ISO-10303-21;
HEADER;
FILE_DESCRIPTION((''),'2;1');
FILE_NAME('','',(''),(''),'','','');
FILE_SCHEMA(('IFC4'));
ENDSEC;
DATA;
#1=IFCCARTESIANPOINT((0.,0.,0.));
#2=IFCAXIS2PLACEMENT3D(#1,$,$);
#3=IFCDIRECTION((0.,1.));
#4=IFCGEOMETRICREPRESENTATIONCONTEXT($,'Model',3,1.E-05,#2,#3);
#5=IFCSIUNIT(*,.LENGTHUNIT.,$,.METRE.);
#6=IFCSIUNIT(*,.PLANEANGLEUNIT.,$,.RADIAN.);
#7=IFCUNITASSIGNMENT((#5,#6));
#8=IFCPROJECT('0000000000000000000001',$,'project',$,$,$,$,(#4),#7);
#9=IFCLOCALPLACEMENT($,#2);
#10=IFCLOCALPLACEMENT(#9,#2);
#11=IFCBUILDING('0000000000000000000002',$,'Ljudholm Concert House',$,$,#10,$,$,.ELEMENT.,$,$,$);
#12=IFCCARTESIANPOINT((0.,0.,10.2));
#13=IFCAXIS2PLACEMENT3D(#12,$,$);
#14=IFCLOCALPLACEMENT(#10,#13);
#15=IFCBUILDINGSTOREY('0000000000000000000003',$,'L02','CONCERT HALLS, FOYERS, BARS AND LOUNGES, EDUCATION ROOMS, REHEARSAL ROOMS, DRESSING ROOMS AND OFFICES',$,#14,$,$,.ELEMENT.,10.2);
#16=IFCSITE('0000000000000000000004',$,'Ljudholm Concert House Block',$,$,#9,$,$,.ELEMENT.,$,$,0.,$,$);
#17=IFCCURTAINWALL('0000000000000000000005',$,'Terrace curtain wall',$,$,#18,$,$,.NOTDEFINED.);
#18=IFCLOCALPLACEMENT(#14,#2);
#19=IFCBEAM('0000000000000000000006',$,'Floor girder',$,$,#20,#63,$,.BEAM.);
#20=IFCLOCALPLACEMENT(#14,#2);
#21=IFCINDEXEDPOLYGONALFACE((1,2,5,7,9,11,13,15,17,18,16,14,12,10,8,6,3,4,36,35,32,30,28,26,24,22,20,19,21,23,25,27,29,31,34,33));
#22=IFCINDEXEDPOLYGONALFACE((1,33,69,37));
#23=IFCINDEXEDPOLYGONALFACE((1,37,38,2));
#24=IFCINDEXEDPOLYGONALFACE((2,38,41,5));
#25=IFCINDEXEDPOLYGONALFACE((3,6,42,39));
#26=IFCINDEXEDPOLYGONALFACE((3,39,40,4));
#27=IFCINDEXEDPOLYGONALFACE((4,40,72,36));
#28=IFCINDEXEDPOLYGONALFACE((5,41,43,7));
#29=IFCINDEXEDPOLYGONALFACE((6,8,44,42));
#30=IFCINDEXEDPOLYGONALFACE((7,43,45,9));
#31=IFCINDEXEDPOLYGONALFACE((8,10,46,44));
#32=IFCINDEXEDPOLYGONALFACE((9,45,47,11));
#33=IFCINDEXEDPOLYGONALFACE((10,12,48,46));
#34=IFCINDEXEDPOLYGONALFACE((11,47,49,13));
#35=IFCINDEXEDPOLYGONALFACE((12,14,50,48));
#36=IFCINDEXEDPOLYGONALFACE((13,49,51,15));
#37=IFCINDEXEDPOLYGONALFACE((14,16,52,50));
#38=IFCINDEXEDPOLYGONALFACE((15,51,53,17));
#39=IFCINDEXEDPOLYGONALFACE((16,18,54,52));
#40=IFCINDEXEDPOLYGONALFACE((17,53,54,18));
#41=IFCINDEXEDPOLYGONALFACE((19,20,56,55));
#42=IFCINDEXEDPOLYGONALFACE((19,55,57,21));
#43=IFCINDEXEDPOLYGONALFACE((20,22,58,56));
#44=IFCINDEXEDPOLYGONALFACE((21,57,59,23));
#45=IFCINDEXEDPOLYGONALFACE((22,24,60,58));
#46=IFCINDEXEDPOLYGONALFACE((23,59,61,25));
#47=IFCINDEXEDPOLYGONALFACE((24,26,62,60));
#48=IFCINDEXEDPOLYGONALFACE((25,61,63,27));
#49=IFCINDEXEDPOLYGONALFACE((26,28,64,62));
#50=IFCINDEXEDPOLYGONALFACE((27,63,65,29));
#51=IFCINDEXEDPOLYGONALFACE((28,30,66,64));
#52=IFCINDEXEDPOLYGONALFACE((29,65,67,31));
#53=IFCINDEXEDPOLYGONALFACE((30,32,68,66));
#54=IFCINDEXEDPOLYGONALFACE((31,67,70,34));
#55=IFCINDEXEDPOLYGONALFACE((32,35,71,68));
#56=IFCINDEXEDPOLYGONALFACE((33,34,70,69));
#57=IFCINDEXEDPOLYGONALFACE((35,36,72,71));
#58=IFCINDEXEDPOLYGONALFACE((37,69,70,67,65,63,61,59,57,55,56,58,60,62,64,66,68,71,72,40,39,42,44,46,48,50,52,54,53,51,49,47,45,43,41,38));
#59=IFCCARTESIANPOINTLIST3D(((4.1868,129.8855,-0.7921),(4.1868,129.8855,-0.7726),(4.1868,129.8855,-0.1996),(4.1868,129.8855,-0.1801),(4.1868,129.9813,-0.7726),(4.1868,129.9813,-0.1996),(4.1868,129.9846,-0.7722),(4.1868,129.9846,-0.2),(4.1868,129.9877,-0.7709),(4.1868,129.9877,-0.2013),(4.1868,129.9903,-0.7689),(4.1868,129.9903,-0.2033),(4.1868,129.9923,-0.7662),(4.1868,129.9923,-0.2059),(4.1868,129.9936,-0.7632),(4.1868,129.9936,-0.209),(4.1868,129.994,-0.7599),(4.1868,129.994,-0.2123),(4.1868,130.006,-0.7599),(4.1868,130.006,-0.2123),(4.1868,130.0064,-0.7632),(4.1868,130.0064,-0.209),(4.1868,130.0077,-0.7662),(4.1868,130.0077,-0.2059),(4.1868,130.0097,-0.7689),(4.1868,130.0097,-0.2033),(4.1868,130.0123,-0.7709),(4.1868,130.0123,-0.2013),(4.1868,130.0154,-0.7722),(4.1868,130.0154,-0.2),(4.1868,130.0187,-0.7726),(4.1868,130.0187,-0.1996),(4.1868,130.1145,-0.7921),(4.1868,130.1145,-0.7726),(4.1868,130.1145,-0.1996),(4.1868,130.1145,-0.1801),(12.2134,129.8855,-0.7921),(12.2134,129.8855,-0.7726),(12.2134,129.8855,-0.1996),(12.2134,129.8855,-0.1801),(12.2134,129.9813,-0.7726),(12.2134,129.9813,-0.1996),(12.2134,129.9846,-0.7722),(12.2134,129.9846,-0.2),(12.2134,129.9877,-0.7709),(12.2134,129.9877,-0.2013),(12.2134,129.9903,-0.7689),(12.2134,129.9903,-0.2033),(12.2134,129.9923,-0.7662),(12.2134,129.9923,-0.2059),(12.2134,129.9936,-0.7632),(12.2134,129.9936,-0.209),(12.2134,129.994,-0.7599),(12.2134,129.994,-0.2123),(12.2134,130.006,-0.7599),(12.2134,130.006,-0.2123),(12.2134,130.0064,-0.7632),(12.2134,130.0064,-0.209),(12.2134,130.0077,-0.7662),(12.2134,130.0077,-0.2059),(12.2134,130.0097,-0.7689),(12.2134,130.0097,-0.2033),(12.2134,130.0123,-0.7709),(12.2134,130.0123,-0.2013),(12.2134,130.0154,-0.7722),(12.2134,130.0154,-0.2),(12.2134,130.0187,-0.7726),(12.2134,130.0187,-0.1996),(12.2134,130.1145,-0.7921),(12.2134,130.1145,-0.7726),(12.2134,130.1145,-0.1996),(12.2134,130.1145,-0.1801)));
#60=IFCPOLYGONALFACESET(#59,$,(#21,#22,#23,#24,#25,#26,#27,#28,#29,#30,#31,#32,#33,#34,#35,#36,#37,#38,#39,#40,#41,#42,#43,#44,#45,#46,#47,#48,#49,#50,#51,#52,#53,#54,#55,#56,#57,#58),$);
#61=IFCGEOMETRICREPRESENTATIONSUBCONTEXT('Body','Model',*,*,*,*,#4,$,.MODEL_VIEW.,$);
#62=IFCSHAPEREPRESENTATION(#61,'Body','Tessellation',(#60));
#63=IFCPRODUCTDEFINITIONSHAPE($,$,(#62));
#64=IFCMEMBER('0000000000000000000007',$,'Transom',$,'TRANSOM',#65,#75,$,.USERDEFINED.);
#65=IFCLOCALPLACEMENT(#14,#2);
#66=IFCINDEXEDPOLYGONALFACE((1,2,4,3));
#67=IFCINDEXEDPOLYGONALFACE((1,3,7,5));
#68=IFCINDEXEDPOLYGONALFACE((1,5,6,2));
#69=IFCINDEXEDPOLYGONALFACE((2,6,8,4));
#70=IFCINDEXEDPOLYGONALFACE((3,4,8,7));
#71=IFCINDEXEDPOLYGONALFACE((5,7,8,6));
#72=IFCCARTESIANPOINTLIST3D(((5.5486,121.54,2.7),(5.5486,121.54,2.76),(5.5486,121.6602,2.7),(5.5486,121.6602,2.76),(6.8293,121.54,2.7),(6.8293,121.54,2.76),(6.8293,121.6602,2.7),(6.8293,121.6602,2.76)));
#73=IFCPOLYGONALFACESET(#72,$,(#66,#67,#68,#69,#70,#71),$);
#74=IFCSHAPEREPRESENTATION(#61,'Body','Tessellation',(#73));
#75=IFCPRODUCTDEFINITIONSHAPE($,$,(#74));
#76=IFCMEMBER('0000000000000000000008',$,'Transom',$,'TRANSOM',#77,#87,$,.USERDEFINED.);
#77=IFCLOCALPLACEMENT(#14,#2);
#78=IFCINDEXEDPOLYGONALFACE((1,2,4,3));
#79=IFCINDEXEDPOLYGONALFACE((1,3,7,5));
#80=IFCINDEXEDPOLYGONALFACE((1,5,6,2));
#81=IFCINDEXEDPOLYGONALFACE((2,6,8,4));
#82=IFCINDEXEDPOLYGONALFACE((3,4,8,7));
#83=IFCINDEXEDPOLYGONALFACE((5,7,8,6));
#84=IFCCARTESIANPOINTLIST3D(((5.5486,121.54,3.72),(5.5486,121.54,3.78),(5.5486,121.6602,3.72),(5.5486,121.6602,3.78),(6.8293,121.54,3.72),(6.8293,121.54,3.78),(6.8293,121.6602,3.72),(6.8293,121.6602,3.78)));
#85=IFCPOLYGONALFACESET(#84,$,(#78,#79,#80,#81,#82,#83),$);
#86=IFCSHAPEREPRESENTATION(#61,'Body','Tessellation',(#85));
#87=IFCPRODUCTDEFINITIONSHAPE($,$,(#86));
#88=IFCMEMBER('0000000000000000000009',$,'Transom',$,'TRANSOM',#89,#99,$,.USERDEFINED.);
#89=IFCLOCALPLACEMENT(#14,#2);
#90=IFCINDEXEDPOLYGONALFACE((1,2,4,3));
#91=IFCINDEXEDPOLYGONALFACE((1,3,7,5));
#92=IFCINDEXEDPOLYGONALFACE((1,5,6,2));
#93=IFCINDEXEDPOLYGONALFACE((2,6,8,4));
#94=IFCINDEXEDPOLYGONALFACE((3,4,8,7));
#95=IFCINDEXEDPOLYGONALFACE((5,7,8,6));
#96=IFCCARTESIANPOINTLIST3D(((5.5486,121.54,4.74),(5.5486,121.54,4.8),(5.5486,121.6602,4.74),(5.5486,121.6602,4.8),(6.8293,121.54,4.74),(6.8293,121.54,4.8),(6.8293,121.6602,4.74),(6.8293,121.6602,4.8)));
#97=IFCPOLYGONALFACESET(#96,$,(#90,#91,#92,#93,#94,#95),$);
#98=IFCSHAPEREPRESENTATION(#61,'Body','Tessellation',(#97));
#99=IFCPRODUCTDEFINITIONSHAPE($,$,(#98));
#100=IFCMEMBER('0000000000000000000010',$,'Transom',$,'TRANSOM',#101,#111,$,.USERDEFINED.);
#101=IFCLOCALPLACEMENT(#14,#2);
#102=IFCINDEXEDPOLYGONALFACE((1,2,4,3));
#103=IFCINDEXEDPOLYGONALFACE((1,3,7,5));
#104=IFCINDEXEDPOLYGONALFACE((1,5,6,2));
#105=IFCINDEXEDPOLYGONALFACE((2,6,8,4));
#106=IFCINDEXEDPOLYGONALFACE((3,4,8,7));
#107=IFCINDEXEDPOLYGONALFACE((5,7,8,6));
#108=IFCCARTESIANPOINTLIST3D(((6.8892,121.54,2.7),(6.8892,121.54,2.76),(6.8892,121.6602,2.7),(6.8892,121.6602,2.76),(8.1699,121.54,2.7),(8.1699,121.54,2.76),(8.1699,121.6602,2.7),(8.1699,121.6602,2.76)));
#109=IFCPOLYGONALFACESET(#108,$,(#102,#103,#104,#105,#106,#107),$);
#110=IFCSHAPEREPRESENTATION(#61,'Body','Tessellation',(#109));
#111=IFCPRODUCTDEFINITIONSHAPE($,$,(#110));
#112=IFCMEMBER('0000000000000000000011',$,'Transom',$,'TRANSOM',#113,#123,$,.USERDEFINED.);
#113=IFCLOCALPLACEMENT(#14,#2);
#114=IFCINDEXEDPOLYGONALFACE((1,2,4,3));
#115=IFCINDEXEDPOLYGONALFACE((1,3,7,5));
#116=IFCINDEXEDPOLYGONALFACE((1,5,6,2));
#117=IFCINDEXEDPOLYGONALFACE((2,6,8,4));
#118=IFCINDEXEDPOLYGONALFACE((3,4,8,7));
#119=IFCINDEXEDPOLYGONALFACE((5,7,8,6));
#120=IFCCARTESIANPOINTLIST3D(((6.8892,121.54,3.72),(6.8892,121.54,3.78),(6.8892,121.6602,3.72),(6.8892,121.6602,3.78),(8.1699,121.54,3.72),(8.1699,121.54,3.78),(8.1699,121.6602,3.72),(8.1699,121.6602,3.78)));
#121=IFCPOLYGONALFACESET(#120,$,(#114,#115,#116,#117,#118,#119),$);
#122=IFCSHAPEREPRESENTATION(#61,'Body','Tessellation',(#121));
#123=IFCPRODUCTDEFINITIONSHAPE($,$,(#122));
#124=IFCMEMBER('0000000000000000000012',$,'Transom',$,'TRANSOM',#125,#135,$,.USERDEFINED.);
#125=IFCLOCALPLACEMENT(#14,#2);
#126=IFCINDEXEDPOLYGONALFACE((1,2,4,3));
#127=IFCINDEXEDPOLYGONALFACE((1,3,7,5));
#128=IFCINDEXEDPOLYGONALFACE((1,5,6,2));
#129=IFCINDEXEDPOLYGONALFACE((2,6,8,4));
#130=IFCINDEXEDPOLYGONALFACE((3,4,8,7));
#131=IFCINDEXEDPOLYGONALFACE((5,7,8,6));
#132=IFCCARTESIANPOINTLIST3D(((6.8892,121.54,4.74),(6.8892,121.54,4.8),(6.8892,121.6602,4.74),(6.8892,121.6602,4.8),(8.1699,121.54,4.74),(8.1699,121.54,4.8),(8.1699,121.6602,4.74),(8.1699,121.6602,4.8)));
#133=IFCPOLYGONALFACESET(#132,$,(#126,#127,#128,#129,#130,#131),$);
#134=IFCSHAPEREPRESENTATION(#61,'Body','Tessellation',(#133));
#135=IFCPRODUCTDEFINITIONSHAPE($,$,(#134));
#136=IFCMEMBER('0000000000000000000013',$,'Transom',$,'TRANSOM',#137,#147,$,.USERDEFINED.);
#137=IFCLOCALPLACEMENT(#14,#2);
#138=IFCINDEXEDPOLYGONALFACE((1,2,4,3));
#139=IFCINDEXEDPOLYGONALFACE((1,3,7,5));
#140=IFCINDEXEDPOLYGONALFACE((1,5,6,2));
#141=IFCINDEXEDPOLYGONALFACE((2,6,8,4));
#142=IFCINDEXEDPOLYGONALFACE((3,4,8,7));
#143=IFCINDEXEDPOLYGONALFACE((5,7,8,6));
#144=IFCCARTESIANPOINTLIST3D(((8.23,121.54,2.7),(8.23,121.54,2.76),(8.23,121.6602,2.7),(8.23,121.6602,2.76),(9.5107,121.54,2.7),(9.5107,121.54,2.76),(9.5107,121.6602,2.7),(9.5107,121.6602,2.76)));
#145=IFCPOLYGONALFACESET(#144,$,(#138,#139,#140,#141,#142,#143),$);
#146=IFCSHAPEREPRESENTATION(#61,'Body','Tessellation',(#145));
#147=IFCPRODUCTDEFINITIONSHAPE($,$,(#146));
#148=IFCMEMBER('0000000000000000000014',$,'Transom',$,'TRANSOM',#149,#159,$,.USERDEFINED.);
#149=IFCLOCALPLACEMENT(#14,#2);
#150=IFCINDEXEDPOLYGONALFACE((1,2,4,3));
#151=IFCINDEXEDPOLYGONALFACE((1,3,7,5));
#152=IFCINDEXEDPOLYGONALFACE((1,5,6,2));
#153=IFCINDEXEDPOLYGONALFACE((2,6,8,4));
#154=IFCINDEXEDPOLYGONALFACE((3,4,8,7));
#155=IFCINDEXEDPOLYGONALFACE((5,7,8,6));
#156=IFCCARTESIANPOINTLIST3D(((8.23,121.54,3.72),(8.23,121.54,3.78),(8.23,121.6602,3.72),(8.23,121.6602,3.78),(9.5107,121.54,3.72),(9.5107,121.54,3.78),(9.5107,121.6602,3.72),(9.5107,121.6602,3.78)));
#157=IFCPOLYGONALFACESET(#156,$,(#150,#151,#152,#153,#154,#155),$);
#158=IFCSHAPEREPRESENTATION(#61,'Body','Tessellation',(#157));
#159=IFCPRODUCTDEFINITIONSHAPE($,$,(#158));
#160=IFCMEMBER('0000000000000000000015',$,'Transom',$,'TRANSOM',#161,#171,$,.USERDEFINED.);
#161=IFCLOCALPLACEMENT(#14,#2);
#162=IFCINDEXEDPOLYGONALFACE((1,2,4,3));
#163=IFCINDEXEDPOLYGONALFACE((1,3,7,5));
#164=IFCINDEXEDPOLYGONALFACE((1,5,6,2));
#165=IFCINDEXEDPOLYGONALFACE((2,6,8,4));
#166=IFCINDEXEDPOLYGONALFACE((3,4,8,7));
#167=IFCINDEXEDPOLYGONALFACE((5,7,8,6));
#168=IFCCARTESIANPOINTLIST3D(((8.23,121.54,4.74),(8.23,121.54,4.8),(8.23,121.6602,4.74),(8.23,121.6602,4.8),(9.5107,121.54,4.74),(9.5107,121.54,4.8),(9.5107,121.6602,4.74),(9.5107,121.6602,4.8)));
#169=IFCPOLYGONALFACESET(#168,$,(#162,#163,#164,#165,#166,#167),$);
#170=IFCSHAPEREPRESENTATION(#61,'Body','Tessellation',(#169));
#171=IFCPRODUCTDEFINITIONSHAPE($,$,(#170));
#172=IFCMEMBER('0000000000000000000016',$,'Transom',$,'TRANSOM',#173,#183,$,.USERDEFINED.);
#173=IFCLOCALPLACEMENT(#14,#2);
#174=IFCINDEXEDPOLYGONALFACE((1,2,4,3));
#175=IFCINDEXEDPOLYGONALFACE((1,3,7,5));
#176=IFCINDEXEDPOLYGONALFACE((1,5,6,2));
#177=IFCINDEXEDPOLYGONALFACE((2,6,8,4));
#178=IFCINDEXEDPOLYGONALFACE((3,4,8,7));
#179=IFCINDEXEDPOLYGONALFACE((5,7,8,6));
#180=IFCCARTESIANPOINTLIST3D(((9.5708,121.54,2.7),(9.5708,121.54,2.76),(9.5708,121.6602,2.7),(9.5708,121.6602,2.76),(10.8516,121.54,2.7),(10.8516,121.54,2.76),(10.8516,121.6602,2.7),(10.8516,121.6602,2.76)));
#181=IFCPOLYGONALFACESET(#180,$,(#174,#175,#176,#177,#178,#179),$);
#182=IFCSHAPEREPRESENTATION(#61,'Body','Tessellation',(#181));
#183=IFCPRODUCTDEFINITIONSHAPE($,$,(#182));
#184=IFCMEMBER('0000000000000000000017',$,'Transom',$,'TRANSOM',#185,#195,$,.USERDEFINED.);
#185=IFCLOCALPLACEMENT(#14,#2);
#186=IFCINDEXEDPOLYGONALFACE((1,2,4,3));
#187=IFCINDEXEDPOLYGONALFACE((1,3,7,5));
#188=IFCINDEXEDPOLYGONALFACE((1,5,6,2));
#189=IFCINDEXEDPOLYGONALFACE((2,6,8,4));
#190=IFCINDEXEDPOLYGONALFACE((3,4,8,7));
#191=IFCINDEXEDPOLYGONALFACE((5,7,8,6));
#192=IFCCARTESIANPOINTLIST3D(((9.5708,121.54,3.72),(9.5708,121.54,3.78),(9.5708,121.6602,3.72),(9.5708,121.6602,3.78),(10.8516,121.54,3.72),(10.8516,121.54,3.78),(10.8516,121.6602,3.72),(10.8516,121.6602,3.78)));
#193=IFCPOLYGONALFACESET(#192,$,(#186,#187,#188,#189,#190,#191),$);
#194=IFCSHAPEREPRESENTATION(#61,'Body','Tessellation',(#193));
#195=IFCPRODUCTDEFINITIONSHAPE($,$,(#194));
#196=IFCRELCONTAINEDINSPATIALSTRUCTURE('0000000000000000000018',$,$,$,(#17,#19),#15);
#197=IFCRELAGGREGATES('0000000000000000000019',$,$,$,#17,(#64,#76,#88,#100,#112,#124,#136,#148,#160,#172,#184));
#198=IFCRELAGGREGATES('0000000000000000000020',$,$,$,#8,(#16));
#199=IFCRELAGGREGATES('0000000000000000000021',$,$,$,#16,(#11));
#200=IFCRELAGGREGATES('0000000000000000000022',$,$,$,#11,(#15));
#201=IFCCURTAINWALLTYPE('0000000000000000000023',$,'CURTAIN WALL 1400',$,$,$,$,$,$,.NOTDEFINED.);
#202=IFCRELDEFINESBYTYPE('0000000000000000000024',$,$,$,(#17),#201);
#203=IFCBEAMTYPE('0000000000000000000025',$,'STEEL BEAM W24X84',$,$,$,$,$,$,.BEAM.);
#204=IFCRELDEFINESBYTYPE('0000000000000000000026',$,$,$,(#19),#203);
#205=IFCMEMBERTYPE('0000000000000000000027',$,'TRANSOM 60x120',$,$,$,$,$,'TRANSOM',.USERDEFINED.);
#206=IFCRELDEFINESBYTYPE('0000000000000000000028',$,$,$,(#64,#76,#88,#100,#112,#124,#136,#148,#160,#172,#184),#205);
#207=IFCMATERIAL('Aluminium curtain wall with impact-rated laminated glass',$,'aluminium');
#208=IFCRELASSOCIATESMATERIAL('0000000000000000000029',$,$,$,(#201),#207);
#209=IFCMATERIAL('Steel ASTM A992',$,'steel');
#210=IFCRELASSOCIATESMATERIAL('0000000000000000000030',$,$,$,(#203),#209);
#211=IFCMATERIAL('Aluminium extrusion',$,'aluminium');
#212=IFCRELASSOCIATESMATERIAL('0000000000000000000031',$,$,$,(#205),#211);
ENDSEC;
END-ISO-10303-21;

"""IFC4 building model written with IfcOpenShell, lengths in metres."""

from ifc_helpers import new_model, si_unit, direction, frame, origin, origin_2d, place, context, subcontext, project, spatial, rectangle, i_section, extrude, material, material_profile, profile_set, type_object, element, aggregate, save


model = new_model("IFC4")

# Units and contexts
model_context = context("Model", 3, precision=1e-05, world=origin(), true_north=direction((0.0, 1.0)))
body_context = subcontext(model_context, "Body", "Model", "MODEL_VIEW")
ifc_project = project(units=[si_unit("LENGTHUNIT", "METRE"), si_unit("PLANEANGLEUNIT", "RADIAN")], contexts=[model_context])

# Site, building, storey
site_placement = place(None, origin())
site = spatial("IfcSite", under=ifc_project, at=site_placement, Name="Ljudholm Concert House Block", CompositionType="ELEMENT", RefElevation=0.0)
building_placement = place(site_placement, origin())
building = spatial("IfcBuilding", under=site, at=building_placement, Name="Ljudholm Concert House", CompositionType="ELEMENT")
storey_placement = place(building_placement, frame((0.0, 0.0, 10.2)))
storey = spatial("IfcBuildingStorey", under=building, at=storey_placement, Name="L02", Description="CONCERT HALLS, FOYERS, BARS AND LOUNGES, EDUCATION ROOMS, REHEARSAL ROOMS, DRESSING ROOMS AND OFFICES", CompositionType="ELEMENT", Elevation=10.2)

# Curtain wall
ifc_material_1 = material(Name="Aluminium curtain wall with impact-rated laminated glass", Category="aluminium")
curtain_wall_type = type_object("IfcCurtainWallType", Name="CURTAIN WALL 1400", PredefinedType="NOTDEFINED", material=ifc_material_1)
curtain_wall_placement = place(storey_placement, origin())
curtain_wall = element("IfcCurtainWall", 1, at=curtain_wall_placement, inside=storey, type_object=curtain_wall_type, Name="Terrace curtain wall", PredefinedType="NOTDEFINED")

# Beam
ifc_material_2 = material(Name="Steel ASTM A992", Category="steel")
ifc_material_profile_1 = material_profile(ifc_material_2, i_section(OverallWidth=0.229, OverallDepth=0.6121, WebThickness=0.012, FlangeThickness=0.0195, FilletRadius=0.0127, at=origin_2d()), Name="W24X84")
ifc_profile_set_1 = profile_set([ifc_material_profile_1], Name="Steel ASTM A992")
beam_type_1 = type_object("IfcBeamType", Name="STEEL BEAM W24X84", PredefinedType="BEAM", material=ifc_profile_set_1)
beam_1_placement = place(storey_placement, frame((4.1868, 130.0, -0.4861), z_axis=(1.0, 0.0, 0.0), x_axis=(0.0, 1.0, 0.0)))
element("IfcBeam", 2, at=beam_1_placement, inside=storey, type_object=beam_type_1, Name="Floor girder", PredefinedType="BEAM", context=body_context, shape_type="SweptSolid", body=[
    extrude(i_section(OverallWidth=0.229, OverallDepth=0.6121, WebThickness=0.012, FlangeThickness=0.0195, FilletRadius=0.0127, at=origin_2d()), origin(), (0.0, 0.0, 1.0), 8.0266),
])

# Members
ifc_material_3 = material(Name="Aluminium extrusion", Category="aluminium")
ifc_material_profile_2 = material_profile(ifc_material_3, rectangle(XDim=0.1201, YDim=0.0601, at=origin_2d()), Name="TRANSOM 60x120")
ifc_profile_set_2 = profile_set([ifc_material_profile_2], Name="Aluminium extrusion")
member_type_1 = type_object("IfcMemberType", Name="TRANSOM 60x120", ElementType="TRANSOM", PredefinedType="USERDEFINED", material=ifc_profile_set_2)
member_1_placement = place(storey_placement, frame((5.5486, 121.6001, 2.73), z_axis=(1.0, 0.0, 0.0), x_axis=(0.0, 1.0, 0.0)))
member_1 = element("IfcMember", 3, at=member_1_placement, type_object=member_type_1, Name="Transom", ObjectType="TRANSOM", PredefinedType="USERDEFINED", context=body_context, shape_type="SweptSolid", body=[
    extrude(rectangle(XDim=0.1201, YDim=0.0601, at=origin_2d()), origin(), (0.0, 0.0, 1.0), 1.2808),
])
member_2_placement = place(storey_placement, frame((5.5486, 121.6001, 3.75), z_axis=(1.0, 0.0, 0.0), x_axis=(0.0, 1.0, 0.0)))
member_2 = element("IfcMember", 4, at=member_2_placement, type_object=member_type_1, Name="Transom", ObjectType="TRANSOM", PredefinedType="USERDEFINED", context=body_context, shape_type="SweptSolid", body=[
    extrude(rectangle(XDim=0.1201, YDim=0.0601, at=origin_2d()), origin(), (0.0, 0.0, 1.0), 1.2808),
])
member_3_placement = place(storey_placement, frame((5.5486, 121.6001, 4.77), z_axis=(1.0, 0.0, 0.0), x_axis=(0.0, 1.0, 0.0)))
member_3 = element("IfcMember", 5, at=member_3_placement, type_object=member_type_1, Name="Transom", ObjectType="TRANSOM", PredefinedType="USERDEFINED", context=body_context, shape_type="SweptSolid", body=[
    extrude(rectangle(XDim=0.1201, YDim=0.0601, at=origin_2d()), origin(), (0.0, 0.0, 1.0), 1.2808),
])
member_4_placement = place(storey_placement, frame((6.8892, 121.6001, 2.73), z_axis=(1.0, 0.0, 0.0), x_axis=(0.0, 1.0, 0.0)))
member_4 = element("IfcMember", 6, at=member_4_placement, type_object=member_type_1, Name="Transom", ObjectType="TRANSOM", PredefinedType="USERDEFINED", context=body_context, shape_type="SweptSolid", body=[
    extrude(rectangle(XDim=0.1201, YDim=0.0601, at=origin_2d()), origin(), (0.0, 0.0, 1.0), 1.2808),
])
member_5_placement = place(storey_placement, frame((6.8892, 121.6001, 3.75), z_axis=(1.0, 0.0, 0.0), x_axis=(0.0, 1.0, 0.0)))
member_5 = element("IfcMember", 7, at=member_5_placement, type_object=member_type_1, Name="Transom", ObjectType="TRANSOM", PredefinedType="USERDEFINED", context=body_context, shape_type="SweptSolid", body=[
    extrude(rectangle(XDim=0.1201, YDim=0.0601, at=origin_2d()), origin(), (0.0, 0.0, 1.0), 1.2808),
])
member_6_placement = place(storey_placement, frame((6.8892, 121.6001, 4.77), z_axis=(1.0, 0.0, 0.0), x_axis=(0.0, 1.0, 0.0)))
member_6 = element("IfcMember", 8, at=member_6_placement, type_object=member_type_1, Name="Transom", ObjectType="TRANSOM", PredefinedType="USERDEFINED", context=body_context, shape_type="SweptSolid", body=[
    extrude(rectangle(XDim=0.1201, YDim=0.0601, at=origin_2d()), origin(), (0.0, 0.0, 1.0), 1.2808),
])
member_7_placement = place(storey_placement, frame((8.23, 121.6001, 2.73), z_axis=(1.0, 0.0, 0.0), x_axis=(0.0, 1.0, 0.0)))
member_7 = element("IfcMember", 9, at=member_7_placement, type_object=member_type_1, Name="Transom", ObjectType="TRANSOM", PredefinedType="USERDEFINED", context=body_context, shape_type="SweptSolid", body=[
    extrude(rectangle(XDim=0.1201, YDim=0.0601, at=origin_2d()), origin(), (0.0, 0.0, 1.0), 1.2808),
])
member_8_placement = place(storey_placement, frame((8.23, 121.6001, 3.75), z_axis=(1.0, 0.0, 0.0), x_axis=(0.0, 1.0, 0.0)))
member_8 = element("IfcMember", 10, at=member_8_placement, type_object=member_type_1, Name="Transom", ObjectType="TRANSOM", PredefinedType="USERDEFINED", context=body_context, shape_type="SweptSolid", body=[
    extrude(rectangle(XDim=0.1201, YDim=0.0601, at=origin_2d()), origin(), (0.0, 0.0, 1.0), 1.2808),
])
member_9_placement = place(storey_placement, frame((8.23, 121.6001, 4.77), z_axis=(1.0, 0.0, 0.0), x_axis=(0.0, 1.0, 0.0)))
member_9 = element("IfcMember", 11, at=member_9_placement, type_object=member_type_1, Name="Transom", ObjectType="TRANSOM", PredefinedType="USERDEFINED", context=body_context, shape_type="SweptSolid", body=[
    extrude(rectangle(XDim=0.1201, YDim=0.0601, at=origin_2d()), origin(), (0.0, 0.0, 1.0), 1.2808),
])
member_10_placement = place(storey_placement, frame((9.5708, 121.6001, 2.73), z_axis=(1.0, 0.0, 0.0), x_axis=(0.0, 1.0, 0.0)))
member_10 = element("IfcMember", 12, at=member_10_placement, type_object=member_type_1, Name="Transom", ObjectType="TRANSOM", PredefinedType="USERDEFINED", context=body_context, shape_type="SweptSolid", body=[
    extrude(rectangle(XDim=0.1201, YDim=0.0601, at=origin_2d()), origin(), (0.0, 0.0, 1.0), 1.2808),
])
member_11_placement = place(storey_placement, frame((9.5708, 121.6001, 3.75), z_axis=(1.0, 0.0, 0.0), x_axis=(0.0, 1.0, 0.0)))
member_11 = element("IfcMember", 13, at=member_11_placement, type_object=member_type_1, Name="Transom", ObjectType="TRANSOM", PredefinedType="USERDEFINED", context=body_context, shape_type="SweptSolid", body=[
    extrude(rectangle(XDim=0.1201, YDim=0.0601, at=origin_2d()), origin(), (0.0, 0.0, 1.0), 1.2808),
])

aggregate(curtain_wall, [member_1, member_2, member_3, member_4, member_5, member_6, member_7, member_8, member_9, member_10, member_11])

save(model, "model.ifc")
